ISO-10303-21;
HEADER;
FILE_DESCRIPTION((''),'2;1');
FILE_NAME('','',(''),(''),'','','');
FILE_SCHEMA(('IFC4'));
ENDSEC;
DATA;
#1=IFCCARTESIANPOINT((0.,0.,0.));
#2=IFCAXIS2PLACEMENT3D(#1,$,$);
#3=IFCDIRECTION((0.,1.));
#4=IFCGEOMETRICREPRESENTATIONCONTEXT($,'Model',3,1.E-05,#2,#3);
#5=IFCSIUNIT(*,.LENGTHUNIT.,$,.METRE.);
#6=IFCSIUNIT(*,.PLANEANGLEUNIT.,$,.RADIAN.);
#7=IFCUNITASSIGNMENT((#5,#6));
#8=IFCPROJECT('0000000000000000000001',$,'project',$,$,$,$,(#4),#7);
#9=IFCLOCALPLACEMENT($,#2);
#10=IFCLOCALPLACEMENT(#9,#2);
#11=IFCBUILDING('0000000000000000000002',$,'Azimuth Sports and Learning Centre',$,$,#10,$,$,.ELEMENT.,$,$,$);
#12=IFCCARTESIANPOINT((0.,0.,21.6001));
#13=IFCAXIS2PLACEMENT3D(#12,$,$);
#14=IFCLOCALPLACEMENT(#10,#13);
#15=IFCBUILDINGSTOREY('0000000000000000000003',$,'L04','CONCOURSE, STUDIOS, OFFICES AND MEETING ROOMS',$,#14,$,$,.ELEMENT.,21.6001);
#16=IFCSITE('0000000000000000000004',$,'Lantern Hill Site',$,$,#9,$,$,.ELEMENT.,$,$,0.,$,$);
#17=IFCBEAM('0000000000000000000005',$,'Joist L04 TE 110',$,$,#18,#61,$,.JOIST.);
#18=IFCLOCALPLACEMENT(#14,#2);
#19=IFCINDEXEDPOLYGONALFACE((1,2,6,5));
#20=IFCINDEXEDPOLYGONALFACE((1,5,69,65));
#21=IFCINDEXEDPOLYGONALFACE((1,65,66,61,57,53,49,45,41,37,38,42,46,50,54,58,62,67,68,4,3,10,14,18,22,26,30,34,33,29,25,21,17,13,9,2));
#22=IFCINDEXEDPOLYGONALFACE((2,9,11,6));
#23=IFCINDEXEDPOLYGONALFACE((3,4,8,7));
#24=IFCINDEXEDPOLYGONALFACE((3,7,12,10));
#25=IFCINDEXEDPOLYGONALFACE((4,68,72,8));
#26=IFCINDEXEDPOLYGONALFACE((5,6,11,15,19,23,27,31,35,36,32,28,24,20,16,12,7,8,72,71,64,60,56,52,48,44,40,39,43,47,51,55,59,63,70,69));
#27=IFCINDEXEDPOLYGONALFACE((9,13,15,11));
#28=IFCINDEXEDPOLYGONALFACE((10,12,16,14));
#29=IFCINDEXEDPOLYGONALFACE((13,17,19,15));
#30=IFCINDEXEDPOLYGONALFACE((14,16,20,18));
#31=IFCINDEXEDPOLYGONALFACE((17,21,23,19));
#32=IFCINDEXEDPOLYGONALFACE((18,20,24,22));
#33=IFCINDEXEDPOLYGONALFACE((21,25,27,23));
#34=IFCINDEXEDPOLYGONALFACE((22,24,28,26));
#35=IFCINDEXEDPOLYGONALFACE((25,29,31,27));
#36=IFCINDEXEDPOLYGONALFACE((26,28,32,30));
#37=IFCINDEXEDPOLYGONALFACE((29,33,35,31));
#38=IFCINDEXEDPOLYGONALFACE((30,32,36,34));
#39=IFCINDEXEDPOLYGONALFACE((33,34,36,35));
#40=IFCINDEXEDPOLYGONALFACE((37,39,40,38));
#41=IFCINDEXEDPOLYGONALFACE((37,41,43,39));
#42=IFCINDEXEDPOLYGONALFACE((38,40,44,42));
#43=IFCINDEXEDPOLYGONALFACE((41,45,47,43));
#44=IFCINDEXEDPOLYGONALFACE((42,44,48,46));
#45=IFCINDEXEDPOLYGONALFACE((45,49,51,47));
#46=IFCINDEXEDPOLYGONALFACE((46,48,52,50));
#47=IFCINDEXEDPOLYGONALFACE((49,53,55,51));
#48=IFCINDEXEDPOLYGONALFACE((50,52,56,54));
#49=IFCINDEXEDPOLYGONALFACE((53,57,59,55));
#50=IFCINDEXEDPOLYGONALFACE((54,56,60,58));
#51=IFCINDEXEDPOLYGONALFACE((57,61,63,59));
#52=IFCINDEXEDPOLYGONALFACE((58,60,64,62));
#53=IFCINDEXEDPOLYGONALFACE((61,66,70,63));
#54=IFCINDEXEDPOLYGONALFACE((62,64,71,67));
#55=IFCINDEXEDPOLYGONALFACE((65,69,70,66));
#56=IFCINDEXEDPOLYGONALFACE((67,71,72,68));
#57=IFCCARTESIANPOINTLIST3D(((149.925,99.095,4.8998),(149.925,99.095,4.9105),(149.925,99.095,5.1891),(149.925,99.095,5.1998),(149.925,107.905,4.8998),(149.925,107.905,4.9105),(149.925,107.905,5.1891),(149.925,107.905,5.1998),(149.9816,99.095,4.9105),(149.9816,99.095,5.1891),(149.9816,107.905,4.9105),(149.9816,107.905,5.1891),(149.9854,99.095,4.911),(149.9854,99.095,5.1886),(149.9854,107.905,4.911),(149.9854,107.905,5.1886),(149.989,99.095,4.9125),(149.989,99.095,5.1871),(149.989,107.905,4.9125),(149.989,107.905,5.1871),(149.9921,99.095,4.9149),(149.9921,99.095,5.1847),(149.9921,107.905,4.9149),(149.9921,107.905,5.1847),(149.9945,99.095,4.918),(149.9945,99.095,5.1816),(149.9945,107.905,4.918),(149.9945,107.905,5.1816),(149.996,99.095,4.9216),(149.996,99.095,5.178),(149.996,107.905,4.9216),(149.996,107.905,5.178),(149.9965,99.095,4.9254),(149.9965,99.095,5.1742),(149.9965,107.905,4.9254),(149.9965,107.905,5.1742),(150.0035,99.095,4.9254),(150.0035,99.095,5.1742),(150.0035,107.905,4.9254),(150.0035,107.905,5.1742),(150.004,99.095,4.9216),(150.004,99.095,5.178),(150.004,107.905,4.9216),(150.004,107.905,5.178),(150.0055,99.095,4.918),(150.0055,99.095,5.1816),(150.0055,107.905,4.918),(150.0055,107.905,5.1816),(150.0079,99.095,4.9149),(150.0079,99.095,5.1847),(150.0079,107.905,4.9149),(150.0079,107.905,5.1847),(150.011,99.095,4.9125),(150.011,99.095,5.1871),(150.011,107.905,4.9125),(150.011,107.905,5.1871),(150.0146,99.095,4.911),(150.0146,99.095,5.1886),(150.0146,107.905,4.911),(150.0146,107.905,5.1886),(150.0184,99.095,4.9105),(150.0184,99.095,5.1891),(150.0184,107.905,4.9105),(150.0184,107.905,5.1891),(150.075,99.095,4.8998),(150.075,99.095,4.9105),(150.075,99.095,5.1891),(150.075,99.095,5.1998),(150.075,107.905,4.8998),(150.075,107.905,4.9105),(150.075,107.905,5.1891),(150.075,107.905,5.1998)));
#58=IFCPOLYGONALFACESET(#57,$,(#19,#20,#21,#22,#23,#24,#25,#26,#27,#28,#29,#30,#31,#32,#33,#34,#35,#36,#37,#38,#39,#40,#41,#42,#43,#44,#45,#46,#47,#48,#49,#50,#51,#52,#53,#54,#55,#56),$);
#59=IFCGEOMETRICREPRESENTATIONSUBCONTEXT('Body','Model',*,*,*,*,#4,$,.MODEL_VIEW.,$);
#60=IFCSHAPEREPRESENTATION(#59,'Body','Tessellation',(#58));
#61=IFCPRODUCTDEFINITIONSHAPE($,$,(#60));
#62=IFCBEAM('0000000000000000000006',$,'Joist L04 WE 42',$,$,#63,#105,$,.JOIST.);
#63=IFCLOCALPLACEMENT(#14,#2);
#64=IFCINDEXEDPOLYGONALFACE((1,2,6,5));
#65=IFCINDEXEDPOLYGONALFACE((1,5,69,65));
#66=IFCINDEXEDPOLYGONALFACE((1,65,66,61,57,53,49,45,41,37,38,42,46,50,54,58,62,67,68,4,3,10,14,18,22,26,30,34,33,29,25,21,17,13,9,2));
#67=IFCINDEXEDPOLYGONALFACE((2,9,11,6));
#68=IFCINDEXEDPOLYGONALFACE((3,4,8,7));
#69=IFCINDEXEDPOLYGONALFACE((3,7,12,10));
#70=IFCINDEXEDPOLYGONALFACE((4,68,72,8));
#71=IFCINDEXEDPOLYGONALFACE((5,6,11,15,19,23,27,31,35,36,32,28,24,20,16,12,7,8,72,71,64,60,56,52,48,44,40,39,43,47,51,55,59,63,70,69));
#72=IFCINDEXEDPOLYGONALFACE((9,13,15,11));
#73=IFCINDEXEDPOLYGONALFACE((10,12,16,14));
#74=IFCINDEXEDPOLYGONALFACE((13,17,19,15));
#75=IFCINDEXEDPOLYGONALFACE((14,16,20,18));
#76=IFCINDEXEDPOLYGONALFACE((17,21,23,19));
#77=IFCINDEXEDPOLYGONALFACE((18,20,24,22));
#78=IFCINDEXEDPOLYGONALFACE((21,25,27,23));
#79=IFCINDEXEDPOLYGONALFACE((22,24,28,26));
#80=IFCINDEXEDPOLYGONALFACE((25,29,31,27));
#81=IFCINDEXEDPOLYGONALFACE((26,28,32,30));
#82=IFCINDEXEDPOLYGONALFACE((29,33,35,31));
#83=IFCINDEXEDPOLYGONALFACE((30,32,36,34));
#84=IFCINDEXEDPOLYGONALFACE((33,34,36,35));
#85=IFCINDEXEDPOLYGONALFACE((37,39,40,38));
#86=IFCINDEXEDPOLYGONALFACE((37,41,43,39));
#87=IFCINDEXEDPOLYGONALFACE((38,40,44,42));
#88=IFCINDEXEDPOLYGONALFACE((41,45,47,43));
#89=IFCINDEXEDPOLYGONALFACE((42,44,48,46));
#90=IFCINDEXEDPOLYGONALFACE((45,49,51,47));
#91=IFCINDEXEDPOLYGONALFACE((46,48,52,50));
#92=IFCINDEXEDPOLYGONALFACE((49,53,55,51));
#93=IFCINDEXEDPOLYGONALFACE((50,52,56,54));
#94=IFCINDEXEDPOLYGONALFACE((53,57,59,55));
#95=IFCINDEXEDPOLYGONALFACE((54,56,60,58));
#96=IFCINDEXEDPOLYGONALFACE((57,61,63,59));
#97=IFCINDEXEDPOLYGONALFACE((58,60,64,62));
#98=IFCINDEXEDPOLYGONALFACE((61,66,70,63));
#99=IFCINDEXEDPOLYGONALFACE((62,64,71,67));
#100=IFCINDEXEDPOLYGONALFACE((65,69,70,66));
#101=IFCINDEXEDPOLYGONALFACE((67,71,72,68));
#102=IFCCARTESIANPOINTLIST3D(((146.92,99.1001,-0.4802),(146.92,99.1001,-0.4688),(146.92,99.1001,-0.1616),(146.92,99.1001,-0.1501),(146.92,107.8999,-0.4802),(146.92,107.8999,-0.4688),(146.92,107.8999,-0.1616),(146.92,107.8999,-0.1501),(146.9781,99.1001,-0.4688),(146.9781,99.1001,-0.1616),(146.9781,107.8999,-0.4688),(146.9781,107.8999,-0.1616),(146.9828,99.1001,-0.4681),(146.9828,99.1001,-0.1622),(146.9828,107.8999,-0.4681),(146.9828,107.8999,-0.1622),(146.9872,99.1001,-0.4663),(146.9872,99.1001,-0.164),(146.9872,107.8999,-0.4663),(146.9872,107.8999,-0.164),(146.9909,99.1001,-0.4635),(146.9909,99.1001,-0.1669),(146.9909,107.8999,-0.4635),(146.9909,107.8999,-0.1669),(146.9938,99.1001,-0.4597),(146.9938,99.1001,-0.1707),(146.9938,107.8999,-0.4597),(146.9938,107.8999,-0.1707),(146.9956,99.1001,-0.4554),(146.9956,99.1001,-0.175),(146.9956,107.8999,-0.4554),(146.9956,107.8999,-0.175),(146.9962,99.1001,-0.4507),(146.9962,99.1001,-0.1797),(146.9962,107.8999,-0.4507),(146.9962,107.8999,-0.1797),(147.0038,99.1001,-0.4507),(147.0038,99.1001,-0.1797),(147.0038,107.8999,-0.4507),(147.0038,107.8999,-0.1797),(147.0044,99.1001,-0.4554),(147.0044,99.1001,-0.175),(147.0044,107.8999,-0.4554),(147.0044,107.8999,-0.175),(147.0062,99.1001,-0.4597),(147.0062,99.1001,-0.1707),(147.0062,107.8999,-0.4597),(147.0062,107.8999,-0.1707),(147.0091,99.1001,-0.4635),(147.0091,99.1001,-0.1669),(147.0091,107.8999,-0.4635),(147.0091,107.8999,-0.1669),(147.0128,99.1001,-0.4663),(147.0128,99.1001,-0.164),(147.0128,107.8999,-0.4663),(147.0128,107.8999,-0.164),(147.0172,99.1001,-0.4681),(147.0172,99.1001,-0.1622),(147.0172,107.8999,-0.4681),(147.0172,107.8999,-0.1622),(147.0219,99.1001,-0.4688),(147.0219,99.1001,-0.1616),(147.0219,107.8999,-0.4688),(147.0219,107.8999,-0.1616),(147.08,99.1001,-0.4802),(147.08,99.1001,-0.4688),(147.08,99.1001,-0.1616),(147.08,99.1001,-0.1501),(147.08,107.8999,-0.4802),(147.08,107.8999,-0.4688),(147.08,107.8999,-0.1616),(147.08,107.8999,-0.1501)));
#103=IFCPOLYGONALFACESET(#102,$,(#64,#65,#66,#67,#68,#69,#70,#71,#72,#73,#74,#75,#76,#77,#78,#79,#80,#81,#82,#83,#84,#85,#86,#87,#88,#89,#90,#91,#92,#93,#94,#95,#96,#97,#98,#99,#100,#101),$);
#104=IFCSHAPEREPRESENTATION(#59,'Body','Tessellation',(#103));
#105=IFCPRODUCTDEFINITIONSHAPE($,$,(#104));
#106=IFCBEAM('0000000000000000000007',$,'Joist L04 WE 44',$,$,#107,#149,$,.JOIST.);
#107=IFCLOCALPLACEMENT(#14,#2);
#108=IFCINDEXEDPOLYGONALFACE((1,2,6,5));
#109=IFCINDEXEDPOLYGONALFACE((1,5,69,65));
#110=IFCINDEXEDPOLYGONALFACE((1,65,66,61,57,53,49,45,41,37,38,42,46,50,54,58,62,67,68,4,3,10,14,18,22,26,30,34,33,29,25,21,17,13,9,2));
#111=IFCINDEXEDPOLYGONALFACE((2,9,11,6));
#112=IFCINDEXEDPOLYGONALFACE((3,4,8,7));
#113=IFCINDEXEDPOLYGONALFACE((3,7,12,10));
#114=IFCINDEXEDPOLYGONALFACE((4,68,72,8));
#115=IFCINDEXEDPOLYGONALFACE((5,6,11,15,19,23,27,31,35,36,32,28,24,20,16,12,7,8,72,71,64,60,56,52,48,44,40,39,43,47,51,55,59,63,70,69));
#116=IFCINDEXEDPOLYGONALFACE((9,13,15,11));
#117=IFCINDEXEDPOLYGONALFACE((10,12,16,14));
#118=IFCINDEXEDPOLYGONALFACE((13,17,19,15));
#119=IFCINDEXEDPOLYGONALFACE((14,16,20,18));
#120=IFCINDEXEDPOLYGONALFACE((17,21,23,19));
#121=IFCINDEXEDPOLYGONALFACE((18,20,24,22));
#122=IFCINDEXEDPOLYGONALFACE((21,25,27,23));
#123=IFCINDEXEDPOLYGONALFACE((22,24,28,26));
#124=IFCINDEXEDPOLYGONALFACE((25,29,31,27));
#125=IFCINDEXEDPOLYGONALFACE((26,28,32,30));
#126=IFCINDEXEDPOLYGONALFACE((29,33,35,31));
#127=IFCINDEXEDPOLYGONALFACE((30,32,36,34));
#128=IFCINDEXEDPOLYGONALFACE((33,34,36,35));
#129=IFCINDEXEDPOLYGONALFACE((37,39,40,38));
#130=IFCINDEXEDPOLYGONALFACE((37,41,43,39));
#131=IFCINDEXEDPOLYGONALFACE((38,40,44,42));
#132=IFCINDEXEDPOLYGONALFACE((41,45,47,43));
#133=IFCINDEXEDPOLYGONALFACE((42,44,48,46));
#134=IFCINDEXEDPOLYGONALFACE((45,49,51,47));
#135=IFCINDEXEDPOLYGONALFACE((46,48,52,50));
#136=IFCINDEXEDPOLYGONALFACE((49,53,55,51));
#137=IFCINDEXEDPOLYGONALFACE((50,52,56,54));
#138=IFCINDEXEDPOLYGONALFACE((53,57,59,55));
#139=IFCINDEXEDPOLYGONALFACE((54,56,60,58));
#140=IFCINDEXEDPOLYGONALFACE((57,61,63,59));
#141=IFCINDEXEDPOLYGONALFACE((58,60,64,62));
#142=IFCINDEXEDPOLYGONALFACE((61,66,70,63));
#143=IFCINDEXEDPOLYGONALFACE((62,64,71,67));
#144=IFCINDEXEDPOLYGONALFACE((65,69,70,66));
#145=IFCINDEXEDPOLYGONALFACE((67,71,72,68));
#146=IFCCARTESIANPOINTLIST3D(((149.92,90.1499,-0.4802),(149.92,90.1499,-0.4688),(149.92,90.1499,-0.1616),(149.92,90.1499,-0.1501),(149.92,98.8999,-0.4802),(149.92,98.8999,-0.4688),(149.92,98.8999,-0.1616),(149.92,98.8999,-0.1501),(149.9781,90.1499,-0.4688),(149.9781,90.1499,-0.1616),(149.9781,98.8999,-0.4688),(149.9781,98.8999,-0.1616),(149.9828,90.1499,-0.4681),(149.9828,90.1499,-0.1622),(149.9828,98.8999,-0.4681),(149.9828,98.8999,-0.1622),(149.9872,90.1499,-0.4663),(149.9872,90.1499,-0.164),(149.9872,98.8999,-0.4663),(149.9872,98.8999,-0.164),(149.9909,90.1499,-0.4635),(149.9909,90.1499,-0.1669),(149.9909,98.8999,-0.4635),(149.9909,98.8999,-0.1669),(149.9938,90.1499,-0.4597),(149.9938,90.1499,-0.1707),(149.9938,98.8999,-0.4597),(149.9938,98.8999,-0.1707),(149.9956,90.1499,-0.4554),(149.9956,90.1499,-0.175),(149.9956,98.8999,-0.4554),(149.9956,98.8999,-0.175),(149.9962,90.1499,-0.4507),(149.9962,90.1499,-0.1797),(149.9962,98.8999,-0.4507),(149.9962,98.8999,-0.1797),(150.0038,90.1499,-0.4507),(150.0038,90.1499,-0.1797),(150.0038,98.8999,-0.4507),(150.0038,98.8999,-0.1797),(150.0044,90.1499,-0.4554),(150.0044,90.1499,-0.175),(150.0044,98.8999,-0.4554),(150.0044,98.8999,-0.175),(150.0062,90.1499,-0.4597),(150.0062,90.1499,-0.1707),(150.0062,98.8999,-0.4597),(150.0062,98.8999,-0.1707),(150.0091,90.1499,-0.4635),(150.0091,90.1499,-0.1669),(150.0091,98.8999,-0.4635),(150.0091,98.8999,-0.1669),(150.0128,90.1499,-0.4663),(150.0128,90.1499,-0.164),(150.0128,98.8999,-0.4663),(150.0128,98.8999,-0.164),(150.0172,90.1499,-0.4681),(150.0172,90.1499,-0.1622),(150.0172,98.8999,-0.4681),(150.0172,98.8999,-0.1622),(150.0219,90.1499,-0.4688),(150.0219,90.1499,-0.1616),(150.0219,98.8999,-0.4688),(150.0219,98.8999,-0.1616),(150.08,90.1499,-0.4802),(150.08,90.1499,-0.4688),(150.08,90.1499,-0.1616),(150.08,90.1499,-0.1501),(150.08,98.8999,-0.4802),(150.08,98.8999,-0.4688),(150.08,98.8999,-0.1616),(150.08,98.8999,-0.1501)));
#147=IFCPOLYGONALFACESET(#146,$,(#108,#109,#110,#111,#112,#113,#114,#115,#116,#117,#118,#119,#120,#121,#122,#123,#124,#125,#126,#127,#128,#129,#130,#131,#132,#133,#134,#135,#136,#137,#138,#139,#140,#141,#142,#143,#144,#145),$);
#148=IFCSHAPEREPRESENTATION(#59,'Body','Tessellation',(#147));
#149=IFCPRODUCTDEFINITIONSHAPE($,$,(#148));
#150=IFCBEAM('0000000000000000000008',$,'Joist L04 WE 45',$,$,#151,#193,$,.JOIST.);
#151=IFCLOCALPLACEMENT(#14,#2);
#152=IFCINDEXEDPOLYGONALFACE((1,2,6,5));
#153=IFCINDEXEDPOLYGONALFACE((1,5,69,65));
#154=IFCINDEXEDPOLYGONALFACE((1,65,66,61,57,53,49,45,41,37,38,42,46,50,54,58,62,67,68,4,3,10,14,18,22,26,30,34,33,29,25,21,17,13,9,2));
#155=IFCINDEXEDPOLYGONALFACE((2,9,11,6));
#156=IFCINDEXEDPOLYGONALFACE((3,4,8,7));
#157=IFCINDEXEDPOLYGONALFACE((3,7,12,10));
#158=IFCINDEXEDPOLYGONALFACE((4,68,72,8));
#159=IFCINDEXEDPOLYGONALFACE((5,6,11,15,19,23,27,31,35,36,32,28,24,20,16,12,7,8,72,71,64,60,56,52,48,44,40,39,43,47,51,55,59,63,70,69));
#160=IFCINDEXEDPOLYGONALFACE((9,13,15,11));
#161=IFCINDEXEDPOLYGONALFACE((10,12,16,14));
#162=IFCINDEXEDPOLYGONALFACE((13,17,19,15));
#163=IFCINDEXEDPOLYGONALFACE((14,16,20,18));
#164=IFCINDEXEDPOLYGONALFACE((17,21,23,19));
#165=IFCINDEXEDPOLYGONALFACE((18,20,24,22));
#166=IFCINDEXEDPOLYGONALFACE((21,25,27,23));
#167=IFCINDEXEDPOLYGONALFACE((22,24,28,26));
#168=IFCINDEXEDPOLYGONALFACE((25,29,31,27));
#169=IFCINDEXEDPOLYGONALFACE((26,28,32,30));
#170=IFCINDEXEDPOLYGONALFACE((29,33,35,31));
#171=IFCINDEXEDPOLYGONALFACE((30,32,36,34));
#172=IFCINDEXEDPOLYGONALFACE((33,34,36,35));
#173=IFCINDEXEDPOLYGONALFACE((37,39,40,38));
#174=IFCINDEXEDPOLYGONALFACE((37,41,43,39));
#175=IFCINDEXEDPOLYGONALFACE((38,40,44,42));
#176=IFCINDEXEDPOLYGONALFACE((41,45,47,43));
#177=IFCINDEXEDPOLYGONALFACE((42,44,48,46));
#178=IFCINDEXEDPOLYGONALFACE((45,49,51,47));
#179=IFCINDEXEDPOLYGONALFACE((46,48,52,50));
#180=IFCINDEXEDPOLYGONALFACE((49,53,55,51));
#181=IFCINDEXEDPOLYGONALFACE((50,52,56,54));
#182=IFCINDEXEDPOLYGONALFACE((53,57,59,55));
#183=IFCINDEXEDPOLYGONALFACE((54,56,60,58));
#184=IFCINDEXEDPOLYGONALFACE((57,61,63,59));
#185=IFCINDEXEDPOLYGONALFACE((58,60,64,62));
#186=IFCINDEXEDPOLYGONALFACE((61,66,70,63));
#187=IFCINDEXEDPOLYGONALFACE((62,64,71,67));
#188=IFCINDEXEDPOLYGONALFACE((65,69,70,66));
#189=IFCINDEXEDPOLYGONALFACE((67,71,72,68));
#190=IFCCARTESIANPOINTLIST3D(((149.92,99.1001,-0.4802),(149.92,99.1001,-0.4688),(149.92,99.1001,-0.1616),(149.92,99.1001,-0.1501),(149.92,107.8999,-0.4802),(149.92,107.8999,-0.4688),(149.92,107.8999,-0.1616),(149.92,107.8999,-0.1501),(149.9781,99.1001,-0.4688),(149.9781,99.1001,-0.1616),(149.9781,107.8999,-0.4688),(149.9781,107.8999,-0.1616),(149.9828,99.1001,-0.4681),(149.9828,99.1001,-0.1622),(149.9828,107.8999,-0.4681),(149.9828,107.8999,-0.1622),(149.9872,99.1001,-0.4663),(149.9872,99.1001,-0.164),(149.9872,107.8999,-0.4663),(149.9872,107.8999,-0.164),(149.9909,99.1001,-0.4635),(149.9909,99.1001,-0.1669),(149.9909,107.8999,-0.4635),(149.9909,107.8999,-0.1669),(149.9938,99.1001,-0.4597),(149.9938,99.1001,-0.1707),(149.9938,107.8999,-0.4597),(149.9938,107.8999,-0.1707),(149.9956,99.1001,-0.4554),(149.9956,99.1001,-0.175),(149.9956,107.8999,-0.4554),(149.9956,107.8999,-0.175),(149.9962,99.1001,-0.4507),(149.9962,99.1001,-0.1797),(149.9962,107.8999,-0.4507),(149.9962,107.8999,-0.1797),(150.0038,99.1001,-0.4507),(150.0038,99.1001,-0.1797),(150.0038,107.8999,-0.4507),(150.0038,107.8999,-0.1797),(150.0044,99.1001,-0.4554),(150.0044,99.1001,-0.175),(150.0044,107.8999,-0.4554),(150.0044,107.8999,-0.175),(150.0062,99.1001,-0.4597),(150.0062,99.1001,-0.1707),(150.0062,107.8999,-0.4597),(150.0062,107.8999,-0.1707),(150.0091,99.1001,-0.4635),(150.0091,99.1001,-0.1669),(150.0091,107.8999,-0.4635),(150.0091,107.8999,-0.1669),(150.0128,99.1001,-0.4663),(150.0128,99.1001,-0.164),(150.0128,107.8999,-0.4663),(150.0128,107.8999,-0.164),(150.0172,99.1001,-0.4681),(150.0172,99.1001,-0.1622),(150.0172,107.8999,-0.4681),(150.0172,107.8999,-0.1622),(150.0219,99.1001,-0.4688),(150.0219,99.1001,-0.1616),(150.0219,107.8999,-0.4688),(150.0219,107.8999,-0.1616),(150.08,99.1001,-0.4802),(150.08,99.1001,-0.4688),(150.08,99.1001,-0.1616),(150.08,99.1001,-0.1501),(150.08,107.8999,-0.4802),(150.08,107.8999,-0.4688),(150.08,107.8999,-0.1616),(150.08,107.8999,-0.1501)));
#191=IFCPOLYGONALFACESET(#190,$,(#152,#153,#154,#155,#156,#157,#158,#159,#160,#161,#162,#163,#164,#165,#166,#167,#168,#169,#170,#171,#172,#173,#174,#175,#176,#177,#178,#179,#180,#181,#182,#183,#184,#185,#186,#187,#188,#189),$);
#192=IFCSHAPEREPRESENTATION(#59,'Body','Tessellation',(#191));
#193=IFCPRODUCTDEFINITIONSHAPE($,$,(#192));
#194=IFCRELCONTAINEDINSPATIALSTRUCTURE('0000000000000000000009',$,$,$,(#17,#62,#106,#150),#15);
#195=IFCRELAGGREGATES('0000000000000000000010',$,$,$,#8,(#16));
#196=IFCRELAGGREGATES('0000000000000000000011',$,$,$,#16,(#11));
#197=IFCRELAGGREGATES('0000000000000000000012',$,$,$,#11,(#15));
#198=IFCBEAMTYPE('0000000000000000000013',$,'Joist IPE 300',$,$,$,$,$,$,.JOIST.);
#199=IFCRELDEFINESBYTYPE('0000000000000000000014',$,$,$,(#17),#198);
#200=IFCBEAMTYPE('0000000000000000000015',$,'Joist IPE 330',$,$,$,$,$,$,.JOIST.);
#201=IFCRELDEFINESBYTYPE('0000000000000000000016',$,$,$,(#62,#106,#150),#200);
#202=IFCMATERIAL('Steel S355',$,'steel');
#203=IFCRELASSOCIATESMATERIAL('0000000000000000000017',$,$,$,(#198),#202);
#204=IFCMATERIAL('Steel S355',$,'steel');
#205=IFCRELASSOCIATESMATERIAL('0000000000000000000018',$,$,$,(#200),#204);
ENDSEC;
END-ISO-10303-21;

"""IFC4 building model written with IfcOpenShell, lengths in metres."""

from ifc_helpers import new_model, si_unit, direction, frame, origin, origin_2d, place, context, subcontext, project, spatial, i_section, extrude, material, material_profile, profile_set, type_object, element, save


model = new_model("IFC4")

# Units and contexts
model_context = context("Model", 3, precision=1e-05, world=origin(), true_north=direction((0.0, 1.0)))
body_context = subcontext(model_context, "Body", "Model", "MODEL_VIEW")
ifc_project = project(units=[si_unit("LENGTHUNIT", "METRE"), si_unit("PLANEANGLEUNIT", "RADIAN")], contexts=[model_context])

# Site, building, storey
site_placement = place(None, origin())
site = spatial("IfcSite", under=ifc_project, at=site_placement, Name="Lantern Hill Site", CompositionType="ELEMENT", RefElevation=0.0)
building_placement = place(site_placement, origin())
building = spatial("IfcBuilding", under=site, at=building_placement, Name="Azimuth Sports and Learning Centre", CompositionType="ELEMENT")
storey_placement = place(building_placement, frame((0.0, 0.0, 21.6001)))
storey = spatial("IfcBuildingStorey", under=building, at=storey_placement, Name="L04", Description="CONCOURSE, STUDIOS, OFFICES AND MEETING ROOMS", CompositionType="ELEMENT", Elevation=21.6001)

# Beams
ifc_material_1 = material(Name="Steel S355", Category="steel")
ifc_material_profile_1 = material_profile(ifc_material_1, i_section(OverallWidth=0.1499, OverallDepth=0.3, WebThickness=0.0071, FlangeThickness=0.0107, FilletRadius=0.0149, at=origin_2d()), Name="IPE 300")
ifc_profile_set_1 = profile_set([ifc_material_profile_1], Name="Steel S355")
beam_type_1 = type_object("IfcBeamType", Name="Joist IPE 300", PredefinedType="JOIST", material=ifc_profile_set_1)
beam_1_placement = place(storey_placement, frame((150.0, 99.095, 5.0498), z_axis=(0.0, 1.0, 0.0), x_axis=(-1.0, 0.0, 0.0)))
element("IfcBeam", 1, at=beam_1_placement, inside=storey, type_object=beam_type_1, Name="Joist L04 TE 110", PredefinedType="JOIST", context=body_context, shape_type="SweptSolid", body=[
    extrude(i_section(OverallWidth=0.1499, OverallDepth=0.3, WebThickness=0.0071, FlangeThickness=0.0107, FilletRadius=0.0149, at=origin_2d()), origin(), (0.0, 0.0, 1.0), 8.8101),
])
ifc_material_2 = material(Name="Steel S355", Category="steel")
ifc_material_profile_2 = material_profile(ifc_material_2, i_section(OverallWidth=0.1599, OverallDepth=0.3301, WebThickness=0.0076, FlangeThickness=0.0115, FilletRadius=0.0181, at=origin_2d()), Name="IPE 330")
ifc_profile_set_2 = profile_set([ifc_material_profile_2], Name="Steel S355")
beam_type_2 = type_object("IfcBeamType", Name="Joist IPE 330", PredefinedType="JOIST", material=ifc_profile_set_2)
beam_2_placement = place(storey_placement, frame((147.0, 99.1001, -0.3152), z_axis=(0.0, 1.0, 0.0), x_axis=(-1.0, 0.0, 0.0)))
element("IfcBeam", 2, at=beam_2_placement, inside=storey, type_object=beam_type_2, Name="Joist L04 WE 42", PredefinedType="JOIST", context=body_context, shape_type="SweptSolid", body=[
    extrude(i_section(OverallWidth=0.1599, OverallDepth=0.3301, WebThickness=0.0076, FlangeThickness=0.0115, FilletRadius=0.0181, at=origin_2d()), origin(), (0.0, 0.0, 1.0), 8.7998),
])
beam_3_placement = place(storey_placement, frame((150.0, 90.1499, -0.3152), z_axis=(0.0, 1.0, 0.0), x_axis=(-1.0, 0.0, 0.0)))
element("IfcBeam", 3, at=beam_3_placement, inside=storey, type_object=beam_type_2, Name="Joist L04 WE 44", PredefinedType="JOIST", context=body_context, shape_type="SweptSolid", body=[
    extrude(i_section(OverallWidth=0.1599, OverallDepth=0.3301, WebThickness=0.0076, FlangeThickness=0.0115, FilletRadius=0.0181, at=origin_2d()), origin(), (0.0, 0.0, 1.0), 8.75),
])
beam_4_placement = place(storey_placement, frame((150.0, 99.1001, -0.3152), z_axis=(0.0, 1.0, 0.0), x_axis=(-1.0, 0.0, 0.0)))
element("IfcBeam", 4, at=beam_4_placement, inside=storey, type_object=beam_type_2, Name="Joist L04 WE 45", PredefinedType="JOIST", context=body_context, shape_type="SweptSolid", body=[
    extrude(i_section(OverallWidth=0.1599, OverallDepth=0.3301, WebThickness=0.0076, FlangeThickness=0.0115, FilletRadius=0.0181, at=origin_2d()), origin(), (0.0, 0.0, 1.0), 8.7998),
])

save(model, "model.ifc")
